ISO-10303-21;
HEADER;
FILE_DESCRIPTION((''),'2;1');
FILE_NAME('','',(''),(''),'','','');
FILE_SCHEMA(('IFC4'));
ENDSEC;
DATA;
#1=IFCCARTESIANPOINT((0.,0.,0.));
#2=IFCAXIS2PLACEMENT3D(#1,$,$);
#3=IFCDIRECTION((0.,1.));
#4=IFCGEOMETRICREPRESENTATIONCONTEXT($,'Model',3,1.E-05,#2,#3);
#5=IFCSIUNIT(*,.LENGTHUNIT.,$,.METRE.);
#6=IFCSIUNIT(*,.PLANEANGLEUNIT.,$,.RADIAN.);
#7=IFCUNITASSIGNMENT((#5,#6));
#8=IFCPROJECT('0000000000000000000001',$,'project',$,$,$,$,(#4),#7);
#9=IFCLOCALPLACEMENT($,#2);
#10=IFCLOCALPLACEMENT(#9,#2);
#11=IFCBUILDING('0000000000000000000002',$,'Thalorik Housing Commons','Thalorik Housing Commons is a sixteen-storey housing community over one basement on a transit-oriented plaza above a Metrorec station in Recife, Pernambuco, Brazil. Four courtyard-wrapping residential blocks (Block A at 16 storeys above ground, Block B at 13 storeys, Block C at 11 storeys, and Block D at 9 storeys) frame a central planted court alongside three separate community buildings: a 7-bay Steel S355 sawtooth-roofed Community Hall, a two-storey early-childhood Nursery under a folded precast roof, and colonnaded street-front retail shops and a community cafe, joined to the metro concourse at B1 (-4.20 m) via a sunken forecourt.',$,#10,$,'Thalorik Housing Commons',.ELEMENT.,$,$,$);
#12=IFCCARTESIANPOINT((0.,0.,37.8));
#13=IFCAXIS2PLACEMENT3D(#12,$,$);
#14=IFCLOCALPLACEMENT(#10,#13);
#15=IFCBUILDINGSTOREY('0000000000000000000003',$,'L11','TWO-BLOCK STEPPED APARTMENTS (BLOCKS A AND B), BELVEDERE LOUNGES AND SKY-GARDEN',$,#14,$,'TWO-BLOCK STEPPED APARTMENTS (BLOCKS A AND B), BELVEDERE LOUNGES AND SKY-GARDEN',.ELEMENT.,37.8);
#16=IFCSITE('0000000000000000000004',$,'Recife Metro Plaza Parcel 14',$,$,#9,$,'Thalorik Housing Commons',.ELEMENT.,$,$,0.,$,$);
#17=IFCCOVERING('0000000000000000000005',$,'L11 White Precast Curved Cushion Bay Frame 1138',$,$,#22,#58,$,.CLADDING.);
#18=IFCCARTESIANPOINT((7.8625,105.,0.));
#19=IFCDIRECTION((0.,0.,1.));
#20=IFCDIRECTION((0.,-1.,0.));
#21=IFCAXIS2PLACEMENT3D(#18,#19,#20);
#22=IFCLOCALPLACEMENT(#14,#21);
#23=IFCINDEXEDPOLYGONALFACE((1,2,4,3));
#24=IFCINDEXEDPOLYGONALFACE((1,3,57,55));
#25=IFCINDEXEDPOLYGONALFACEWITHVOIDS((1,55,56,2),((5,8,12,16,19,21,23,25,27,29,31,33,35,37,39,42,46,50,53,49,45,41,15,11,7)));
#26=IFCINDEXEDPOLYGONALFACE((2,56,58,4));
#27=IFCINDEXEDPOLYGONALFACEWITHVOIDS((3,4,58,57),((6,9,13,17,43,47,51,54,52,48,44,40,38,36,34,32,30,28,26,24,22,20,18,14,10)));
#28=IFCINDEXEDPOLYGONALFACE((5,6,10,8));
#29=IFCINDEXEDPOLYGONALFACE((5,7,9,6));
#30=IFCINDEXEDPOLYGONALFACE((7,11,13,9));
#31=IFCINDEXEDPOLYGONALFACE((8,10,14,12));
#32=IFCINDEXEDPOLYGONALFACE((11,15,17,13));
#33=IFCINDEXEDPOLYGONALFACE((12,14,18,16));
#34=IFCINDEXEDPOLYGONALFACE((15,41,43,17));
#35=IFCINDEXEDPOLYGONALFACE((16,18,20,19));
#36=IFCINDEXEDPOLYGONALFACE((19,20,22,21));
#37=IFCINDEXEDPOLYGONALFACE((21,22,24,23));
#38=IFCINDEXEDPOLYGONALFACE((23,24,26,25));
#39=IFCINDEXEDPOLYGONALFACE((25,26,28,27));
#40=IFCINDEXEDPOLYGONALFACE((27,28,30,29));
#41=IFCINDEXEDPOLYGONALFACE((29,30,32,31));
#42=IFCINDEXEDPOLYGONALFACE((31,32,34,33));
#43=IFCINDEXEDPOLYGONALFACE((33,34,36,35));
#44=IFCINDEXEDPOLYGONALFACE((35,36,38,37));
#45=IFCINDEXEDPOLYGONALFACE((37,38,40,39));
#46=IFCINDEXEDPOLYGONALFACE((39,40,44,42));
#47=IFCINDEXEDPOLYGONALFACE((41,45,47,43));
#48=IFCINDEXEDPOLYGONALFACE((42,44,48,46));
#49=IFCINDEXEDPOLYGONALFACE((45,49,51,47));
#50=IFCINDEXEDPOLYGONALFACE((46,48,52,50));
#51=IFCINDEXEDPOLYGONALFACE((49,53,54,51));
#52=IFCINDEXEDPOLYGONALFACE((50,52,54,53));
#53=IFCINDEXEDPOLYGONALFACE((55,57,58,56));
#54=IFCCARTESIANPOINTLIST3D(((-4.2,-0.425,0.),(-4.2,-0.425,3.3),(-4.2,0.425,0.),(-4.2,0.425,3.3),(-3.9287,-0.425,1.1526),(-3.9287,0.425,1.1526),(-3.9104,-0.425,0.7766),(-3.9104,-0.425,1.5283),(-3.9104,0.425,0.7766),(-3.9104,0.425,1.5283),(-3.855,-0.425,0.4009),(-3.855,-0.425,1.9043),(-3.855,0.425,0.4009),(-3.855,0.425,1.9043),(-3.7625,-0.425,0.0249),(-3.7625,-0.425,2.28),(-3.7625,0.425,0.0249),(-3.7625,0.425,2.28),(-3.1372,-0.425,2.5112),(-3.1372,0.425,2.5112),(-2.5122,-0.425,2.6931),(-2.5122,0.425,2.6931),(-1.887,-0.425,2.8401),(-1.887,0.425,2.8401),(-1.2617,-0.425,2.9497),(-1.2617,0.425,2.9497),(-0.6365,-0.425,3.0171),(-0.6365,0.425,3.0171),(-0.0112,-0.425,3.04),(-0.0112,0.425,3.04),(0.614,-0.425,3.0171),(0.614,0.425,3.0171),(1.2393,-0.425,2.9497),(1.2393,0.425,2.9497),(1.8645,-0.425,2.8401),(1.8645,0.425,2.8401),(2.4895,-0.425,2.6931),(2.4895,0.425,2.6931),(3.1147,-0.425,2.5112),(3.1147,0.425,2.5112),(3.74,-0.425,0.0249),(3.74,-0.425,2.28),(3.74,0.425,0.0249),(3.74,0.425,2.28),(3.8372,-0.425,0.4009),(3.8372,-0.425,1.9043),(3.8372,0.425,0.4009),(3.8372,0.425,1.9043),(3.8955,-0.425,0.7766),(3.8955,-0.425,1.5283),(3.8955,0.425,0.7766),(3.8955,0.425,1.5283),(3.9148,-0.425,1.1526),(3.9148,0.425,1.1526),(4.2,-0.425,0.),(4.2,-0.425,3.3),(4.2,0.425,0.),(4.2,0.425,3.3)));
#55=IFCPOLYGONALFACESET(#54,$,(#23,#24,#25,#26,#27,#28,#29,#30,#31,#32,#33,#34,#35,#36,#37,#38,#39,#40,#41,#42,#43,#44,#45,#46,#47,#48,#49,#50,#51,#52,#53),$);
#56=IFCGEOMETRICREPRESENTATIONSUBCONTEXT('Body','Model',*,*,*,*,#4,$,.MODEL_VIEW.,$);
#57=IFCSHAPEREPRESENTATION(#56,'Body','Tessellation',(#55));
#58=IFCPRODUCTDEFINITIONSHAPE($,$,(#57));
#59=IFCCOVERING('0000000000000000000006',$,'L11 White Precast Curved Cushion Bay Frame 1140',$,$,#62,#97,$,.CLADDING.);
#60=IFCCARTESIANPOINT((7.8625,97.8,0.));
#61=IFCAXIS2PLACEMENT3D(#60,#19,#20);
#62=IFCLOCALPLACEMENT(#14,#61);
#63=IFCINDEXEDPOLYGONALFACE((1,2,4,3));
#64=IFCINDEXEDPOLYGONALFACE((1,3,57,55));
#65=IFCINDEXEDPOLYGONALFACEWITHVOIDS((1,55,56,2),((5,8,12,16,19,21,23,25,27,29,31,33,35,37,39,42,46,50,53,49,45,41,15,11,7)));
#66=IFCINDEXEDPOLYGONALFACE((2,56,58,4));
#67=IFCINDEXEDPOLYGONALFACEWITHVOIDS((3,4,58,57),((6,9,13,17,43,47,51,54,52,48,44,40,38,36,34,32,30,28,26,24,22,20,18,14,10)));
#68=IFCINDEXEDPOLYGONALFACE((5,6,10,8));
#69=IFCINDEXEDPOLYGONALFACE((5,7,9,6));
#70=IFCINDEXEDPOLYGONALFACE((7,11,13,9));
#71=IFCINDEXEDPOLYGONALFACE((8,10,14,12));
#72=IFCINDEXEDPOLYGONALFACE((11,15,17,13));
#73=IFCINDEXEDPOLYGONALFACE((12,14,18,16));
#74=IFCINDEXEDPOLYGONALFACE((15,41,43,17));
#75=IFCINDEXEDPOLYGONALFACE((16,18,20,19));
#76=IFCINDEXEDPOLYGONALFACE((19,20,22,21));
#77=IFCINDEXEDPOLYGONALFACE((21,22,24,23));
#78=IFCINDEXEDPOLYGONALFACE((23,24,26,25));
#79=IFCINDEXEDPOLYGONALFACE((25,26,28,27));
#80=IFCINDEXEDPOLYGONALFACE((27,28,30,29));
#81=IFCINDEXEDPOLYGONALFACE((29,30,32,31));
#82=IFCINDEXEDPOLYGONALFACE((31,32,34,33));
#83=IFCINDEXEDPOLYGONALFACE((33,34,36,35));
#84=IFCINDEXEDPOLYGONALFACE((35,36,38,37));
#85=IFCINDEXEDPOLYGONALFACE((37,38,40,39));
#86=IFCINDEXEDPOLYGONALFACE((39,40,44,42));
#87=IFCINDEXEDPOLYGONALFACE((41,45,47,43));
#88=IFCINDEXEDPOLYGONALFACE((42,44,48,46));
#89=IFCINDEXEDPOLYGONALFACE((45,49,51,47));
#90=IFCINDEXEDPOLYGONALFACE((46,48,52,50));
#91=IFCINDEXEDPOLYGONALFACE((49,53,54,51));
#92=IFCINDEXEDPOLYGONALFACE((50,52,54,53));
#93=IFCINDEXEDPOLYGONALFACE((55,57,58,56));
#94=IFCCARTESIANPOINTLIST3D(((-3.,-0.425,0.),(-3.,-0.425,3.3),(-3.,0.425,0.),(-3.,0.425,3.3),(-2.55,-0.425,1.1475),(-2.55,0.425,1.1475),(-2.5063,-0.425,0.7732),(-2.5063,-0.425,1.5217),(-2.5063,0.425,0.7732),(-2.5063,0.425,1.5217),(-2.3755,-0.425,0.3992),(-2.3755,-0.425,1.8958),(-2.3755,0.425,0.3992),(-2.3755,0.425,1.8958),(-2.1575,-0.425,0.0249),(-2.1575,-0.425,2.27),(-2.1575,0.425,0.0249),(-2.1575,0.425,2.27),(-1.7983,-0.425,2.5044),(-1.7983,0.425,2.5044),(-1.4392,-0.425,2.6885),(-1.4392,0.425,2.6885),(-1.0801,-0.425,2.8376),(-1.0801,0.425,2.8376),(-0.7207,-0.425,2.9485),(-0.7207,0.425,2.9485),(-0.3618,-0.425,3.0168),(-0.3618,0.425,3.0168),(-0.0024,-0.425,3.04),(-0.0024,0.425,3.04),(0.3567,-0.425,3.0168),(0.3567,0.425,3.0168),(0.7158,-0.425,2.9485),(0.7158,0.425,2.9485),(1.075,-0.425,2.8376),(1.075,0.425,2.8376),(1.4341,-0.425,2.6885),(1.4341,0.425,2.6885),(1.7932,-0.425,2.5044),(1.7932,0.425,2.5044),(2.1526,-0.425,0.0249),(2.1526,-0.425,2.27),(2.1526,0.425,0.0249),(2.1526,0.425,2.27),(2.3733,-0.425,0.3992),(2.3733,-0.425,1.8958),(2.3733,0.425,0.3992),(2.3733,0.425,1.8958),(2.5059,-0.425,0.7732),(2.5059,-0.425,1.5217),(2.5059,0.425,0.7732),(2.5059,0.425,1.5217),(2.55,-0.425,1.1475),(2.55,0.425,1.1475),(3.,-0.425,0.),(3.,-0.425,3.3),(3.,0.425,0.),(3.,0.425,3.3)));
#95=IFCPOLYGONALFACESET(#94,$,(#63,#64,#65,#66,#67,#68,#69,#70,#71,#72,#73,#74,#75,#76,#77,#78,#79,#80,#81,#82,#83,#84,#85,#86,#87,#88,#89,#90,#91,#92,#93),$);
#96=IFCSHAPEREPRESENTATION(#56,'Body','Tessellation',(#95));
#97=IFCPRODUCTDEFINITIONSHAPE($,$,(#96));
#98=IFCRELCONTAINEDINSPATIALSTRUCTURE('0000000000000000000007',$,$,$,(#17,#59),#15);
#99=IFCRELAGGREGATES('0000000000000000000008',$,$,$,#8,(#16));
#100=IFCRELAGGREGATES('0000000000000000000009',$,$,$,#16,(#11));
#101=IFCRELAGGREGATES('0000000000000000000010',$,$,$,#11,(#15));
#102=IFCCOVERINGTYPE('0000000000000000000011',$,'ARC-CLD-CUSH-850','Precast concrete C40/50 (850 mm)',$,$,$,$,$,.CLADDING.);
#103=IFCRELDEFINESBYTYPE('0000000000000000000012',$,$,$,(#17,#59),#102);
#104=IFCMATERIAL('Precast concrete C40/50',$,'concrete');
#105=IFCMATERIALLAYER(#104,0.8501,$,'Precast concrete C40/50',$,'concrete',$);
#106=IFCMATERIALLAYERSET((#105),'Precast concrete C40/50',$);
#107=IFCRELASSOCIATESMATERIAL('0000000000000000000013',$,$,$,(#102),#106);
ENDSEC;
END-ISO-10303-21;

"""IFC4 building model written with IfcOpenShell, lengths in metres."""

from ifc_helpers import new_model, si_unit, direction, frame, origin, place, context, subcontext, project, spatial, polyline, outline, extrude, material, layer, layer_set, type_object, element, save


model = new_model("IFC4")

# Units and contexts
model_context = context("Model", 3, precision=1e-05, world=origin(), true_north=direction((0.0, 1.0)))
body_context = subcontext(model_context, "Body", "Model", "MODEL_VIEW")
ifc_project = project(units=[si_unit("LENGTHUNIT", "METRE"), si_unit("PLANEANGLEUNIT", "RADIAN")], contexts=[model_context])

# Site, building, storey
site_placement = place(None, origin())
site = spatial("IfcSite", under=ifc_project, at=site_placement, Name="Recife Metro Plaza Parcel 14", LongName="Thalorik Housing Commons", CompositionType="ELEMENT", RefElevation=0.0)
building_placement = place(site_placement, origin())
building = spatial("IfcBuilding", under=site, at=building_placement, Name="Thalorik Housing Commons", Description="Thalorik Housing Commons is a sixteen-storey housing community over one basement on a transit-oriented plaza above a Metrorec station in Recife, Pernambuco, Brazil. Four courtyard-wrapping residential blocks (Block A at 16 storeys above ground, Block B at 13 storeys, Block C at 11 storeys, and Block D at 9 storeys) frame a central planted court alongside three separate community buildings: a 7-bay Steel S355 sawtooth-roofed Community Hall, a two-storey early-childhood Nursery under a folded precast roof, and colonnaded street-front retail shops and a community cafe, joined to the metro concourse at B1 (-4.20 m) via a sunken forecourt.", LongName="Thalorik Housing Commons", CompositionType="ELEMENT")
storey_placement = place(building_placement, frame((0.0, 0.0, 37.8)))
storey = spatial("IfcBuildingStorey", under=building, at=storey_placement, Name="L11", Description="TWO-BLOCK STEPPED APARTMENTS (BLOCKS A AND B), BELVEDERE LOUNGES AND SKY-GARDEN", LongName="TWO-BLOCK STEPPED APARTMENTS (BLOCKS A AND B), BELVEDERE LOUNGES AND SKY-GARDEN", CompositionType="ELEMENT", Elevation=37.8)

# Shared definitions
ifc_material_1 = material(Name="Precast concrete C40/50", Category="concrete")

# Coverings
ifc_layer_1 = layer(ifc_material_1, 0.8501, Name="Precast concrete C40/50", Category="concrete")
ifc_layer_set_1 = layer_set([ifc_layer_1], Name="Precast concrete C40/50")
covering_type_1 = type_object("IfcCoveringType", Name="ARC-CLD-CUSH-850", Description="Precast concrete C40/50 (850 mm)", PredefinedType="CLADDING", material=ifc_layer_set_1)
covering_1_placement = place(storey_placement, frame((7.8625, 105.0, 0.0), z_axis=(0.0, 0.0, 1.0), x_axis=(0.0, -1.0, 0.0)))
element("IfcCovering", 1, at=covering_1_placement, inside=storey, type_object=covering_type_1, Name="L11 White Precast Curved Cushion Bay Frame 1138", PredefinedType="CLADDING", context=body_context, shape_type="SweptSolid", body=[
    extrude(outline(polyline([(-4.2, 0.0), (4.2, 0.0), (4.2, 3.3), (-4.2, 3.3), (-4.2, 0.0)]), holes=[polyline([(3.74, 0.0249), (3.8372, 0.4009), (3.8955, 0.7766), (3.9148, 1.1526), (3.8955, 1.5283), (3.8372, 1.9043), (3.74, 2.28), (3.1147, 2.5112), (2.4895, 2.6931), (1.8645, 2.8401), (1.2393, 2.9497), (0.614, 3.0171), (-0.0112, 3.04), (-0.6365, 3.0171), (-1.2617, 2.9497), (-1.887, 2.8401), (-2.5122, 2.6931), (-3.1372, 2.5112), (-3.7625, 2.28), (-3.855, 1.9043), (-3.9104, 1.5283), (-3.9287, 1.1526), (-3.9104, 0.7766), (-3.855, 0.4009), (-3.7625, 0.0249), (3.74, 0.0249)])]), frame((0.0, 0.425, 0.0), z_axis=(0.0, -1.0, 0.0), x_axis=(1.0, 0.0, 0.0)), (0.0, 0.0, 1.0), 0.8501),
])
covering_2_placement = place(storey_placement, frame((7.8625, 97.8, 0.0), z_axis=(0.0, 0.0, 1.0), x_axis=(0.0, -1.0, 0.0)))
element("IfcCovering", 2, at=covering_2_placement, inside=storey, type_object=covering_type_1, Name="L11 White Precast Curved Cushion Bay Frame 1140", PredefinedType="CLADDING", context=body_context, shape_type="SweptSolid", body=[
    extrude(outline(polyline([(-3.0, 0.0), (3.0, 0.0), (3.0, 3.3), (-3.0, 3.3), (-3.0, 0.0)]), holes=[polyline([(2.1526, 0.0249), (2.3733, 0.3992), (2.5059, 0.7732), (2.55, 1.1475), (2.5059, 1.5217), (2.3733, 1.8958), (2.1526, 2.27), (1.7932, 2.5044), (1.4341, 2.6885), (1.075, 2.8376), (0.7158, 2.9485), (0.3567, 3.0168), (-0.0024, 3.04), (-0.3618, 3.0168), (-0.7207, 2.9485), (-1.0801, 2.8376), (-1.4392, 2.6885), (-1.7983, 2.5044), (-2.1575, 2.27), (-2.3755, 1.8958), (-2.5063, 1.5217), (-2.55, 1.1475), (-2.5063, 0.7732), (-2.3755, 0.3992), (-2.1575, 0.0249), (2.1526, 0.0249)])]), frame((0.0, 0.425, 0.0), z_axis=(0.0, -1.0, 0.0), x_axis=(1.0, 0.0, 0.0)), (0.0, 0.0, 1.0), 0.8501),
])

save(model, "model.ifc")
